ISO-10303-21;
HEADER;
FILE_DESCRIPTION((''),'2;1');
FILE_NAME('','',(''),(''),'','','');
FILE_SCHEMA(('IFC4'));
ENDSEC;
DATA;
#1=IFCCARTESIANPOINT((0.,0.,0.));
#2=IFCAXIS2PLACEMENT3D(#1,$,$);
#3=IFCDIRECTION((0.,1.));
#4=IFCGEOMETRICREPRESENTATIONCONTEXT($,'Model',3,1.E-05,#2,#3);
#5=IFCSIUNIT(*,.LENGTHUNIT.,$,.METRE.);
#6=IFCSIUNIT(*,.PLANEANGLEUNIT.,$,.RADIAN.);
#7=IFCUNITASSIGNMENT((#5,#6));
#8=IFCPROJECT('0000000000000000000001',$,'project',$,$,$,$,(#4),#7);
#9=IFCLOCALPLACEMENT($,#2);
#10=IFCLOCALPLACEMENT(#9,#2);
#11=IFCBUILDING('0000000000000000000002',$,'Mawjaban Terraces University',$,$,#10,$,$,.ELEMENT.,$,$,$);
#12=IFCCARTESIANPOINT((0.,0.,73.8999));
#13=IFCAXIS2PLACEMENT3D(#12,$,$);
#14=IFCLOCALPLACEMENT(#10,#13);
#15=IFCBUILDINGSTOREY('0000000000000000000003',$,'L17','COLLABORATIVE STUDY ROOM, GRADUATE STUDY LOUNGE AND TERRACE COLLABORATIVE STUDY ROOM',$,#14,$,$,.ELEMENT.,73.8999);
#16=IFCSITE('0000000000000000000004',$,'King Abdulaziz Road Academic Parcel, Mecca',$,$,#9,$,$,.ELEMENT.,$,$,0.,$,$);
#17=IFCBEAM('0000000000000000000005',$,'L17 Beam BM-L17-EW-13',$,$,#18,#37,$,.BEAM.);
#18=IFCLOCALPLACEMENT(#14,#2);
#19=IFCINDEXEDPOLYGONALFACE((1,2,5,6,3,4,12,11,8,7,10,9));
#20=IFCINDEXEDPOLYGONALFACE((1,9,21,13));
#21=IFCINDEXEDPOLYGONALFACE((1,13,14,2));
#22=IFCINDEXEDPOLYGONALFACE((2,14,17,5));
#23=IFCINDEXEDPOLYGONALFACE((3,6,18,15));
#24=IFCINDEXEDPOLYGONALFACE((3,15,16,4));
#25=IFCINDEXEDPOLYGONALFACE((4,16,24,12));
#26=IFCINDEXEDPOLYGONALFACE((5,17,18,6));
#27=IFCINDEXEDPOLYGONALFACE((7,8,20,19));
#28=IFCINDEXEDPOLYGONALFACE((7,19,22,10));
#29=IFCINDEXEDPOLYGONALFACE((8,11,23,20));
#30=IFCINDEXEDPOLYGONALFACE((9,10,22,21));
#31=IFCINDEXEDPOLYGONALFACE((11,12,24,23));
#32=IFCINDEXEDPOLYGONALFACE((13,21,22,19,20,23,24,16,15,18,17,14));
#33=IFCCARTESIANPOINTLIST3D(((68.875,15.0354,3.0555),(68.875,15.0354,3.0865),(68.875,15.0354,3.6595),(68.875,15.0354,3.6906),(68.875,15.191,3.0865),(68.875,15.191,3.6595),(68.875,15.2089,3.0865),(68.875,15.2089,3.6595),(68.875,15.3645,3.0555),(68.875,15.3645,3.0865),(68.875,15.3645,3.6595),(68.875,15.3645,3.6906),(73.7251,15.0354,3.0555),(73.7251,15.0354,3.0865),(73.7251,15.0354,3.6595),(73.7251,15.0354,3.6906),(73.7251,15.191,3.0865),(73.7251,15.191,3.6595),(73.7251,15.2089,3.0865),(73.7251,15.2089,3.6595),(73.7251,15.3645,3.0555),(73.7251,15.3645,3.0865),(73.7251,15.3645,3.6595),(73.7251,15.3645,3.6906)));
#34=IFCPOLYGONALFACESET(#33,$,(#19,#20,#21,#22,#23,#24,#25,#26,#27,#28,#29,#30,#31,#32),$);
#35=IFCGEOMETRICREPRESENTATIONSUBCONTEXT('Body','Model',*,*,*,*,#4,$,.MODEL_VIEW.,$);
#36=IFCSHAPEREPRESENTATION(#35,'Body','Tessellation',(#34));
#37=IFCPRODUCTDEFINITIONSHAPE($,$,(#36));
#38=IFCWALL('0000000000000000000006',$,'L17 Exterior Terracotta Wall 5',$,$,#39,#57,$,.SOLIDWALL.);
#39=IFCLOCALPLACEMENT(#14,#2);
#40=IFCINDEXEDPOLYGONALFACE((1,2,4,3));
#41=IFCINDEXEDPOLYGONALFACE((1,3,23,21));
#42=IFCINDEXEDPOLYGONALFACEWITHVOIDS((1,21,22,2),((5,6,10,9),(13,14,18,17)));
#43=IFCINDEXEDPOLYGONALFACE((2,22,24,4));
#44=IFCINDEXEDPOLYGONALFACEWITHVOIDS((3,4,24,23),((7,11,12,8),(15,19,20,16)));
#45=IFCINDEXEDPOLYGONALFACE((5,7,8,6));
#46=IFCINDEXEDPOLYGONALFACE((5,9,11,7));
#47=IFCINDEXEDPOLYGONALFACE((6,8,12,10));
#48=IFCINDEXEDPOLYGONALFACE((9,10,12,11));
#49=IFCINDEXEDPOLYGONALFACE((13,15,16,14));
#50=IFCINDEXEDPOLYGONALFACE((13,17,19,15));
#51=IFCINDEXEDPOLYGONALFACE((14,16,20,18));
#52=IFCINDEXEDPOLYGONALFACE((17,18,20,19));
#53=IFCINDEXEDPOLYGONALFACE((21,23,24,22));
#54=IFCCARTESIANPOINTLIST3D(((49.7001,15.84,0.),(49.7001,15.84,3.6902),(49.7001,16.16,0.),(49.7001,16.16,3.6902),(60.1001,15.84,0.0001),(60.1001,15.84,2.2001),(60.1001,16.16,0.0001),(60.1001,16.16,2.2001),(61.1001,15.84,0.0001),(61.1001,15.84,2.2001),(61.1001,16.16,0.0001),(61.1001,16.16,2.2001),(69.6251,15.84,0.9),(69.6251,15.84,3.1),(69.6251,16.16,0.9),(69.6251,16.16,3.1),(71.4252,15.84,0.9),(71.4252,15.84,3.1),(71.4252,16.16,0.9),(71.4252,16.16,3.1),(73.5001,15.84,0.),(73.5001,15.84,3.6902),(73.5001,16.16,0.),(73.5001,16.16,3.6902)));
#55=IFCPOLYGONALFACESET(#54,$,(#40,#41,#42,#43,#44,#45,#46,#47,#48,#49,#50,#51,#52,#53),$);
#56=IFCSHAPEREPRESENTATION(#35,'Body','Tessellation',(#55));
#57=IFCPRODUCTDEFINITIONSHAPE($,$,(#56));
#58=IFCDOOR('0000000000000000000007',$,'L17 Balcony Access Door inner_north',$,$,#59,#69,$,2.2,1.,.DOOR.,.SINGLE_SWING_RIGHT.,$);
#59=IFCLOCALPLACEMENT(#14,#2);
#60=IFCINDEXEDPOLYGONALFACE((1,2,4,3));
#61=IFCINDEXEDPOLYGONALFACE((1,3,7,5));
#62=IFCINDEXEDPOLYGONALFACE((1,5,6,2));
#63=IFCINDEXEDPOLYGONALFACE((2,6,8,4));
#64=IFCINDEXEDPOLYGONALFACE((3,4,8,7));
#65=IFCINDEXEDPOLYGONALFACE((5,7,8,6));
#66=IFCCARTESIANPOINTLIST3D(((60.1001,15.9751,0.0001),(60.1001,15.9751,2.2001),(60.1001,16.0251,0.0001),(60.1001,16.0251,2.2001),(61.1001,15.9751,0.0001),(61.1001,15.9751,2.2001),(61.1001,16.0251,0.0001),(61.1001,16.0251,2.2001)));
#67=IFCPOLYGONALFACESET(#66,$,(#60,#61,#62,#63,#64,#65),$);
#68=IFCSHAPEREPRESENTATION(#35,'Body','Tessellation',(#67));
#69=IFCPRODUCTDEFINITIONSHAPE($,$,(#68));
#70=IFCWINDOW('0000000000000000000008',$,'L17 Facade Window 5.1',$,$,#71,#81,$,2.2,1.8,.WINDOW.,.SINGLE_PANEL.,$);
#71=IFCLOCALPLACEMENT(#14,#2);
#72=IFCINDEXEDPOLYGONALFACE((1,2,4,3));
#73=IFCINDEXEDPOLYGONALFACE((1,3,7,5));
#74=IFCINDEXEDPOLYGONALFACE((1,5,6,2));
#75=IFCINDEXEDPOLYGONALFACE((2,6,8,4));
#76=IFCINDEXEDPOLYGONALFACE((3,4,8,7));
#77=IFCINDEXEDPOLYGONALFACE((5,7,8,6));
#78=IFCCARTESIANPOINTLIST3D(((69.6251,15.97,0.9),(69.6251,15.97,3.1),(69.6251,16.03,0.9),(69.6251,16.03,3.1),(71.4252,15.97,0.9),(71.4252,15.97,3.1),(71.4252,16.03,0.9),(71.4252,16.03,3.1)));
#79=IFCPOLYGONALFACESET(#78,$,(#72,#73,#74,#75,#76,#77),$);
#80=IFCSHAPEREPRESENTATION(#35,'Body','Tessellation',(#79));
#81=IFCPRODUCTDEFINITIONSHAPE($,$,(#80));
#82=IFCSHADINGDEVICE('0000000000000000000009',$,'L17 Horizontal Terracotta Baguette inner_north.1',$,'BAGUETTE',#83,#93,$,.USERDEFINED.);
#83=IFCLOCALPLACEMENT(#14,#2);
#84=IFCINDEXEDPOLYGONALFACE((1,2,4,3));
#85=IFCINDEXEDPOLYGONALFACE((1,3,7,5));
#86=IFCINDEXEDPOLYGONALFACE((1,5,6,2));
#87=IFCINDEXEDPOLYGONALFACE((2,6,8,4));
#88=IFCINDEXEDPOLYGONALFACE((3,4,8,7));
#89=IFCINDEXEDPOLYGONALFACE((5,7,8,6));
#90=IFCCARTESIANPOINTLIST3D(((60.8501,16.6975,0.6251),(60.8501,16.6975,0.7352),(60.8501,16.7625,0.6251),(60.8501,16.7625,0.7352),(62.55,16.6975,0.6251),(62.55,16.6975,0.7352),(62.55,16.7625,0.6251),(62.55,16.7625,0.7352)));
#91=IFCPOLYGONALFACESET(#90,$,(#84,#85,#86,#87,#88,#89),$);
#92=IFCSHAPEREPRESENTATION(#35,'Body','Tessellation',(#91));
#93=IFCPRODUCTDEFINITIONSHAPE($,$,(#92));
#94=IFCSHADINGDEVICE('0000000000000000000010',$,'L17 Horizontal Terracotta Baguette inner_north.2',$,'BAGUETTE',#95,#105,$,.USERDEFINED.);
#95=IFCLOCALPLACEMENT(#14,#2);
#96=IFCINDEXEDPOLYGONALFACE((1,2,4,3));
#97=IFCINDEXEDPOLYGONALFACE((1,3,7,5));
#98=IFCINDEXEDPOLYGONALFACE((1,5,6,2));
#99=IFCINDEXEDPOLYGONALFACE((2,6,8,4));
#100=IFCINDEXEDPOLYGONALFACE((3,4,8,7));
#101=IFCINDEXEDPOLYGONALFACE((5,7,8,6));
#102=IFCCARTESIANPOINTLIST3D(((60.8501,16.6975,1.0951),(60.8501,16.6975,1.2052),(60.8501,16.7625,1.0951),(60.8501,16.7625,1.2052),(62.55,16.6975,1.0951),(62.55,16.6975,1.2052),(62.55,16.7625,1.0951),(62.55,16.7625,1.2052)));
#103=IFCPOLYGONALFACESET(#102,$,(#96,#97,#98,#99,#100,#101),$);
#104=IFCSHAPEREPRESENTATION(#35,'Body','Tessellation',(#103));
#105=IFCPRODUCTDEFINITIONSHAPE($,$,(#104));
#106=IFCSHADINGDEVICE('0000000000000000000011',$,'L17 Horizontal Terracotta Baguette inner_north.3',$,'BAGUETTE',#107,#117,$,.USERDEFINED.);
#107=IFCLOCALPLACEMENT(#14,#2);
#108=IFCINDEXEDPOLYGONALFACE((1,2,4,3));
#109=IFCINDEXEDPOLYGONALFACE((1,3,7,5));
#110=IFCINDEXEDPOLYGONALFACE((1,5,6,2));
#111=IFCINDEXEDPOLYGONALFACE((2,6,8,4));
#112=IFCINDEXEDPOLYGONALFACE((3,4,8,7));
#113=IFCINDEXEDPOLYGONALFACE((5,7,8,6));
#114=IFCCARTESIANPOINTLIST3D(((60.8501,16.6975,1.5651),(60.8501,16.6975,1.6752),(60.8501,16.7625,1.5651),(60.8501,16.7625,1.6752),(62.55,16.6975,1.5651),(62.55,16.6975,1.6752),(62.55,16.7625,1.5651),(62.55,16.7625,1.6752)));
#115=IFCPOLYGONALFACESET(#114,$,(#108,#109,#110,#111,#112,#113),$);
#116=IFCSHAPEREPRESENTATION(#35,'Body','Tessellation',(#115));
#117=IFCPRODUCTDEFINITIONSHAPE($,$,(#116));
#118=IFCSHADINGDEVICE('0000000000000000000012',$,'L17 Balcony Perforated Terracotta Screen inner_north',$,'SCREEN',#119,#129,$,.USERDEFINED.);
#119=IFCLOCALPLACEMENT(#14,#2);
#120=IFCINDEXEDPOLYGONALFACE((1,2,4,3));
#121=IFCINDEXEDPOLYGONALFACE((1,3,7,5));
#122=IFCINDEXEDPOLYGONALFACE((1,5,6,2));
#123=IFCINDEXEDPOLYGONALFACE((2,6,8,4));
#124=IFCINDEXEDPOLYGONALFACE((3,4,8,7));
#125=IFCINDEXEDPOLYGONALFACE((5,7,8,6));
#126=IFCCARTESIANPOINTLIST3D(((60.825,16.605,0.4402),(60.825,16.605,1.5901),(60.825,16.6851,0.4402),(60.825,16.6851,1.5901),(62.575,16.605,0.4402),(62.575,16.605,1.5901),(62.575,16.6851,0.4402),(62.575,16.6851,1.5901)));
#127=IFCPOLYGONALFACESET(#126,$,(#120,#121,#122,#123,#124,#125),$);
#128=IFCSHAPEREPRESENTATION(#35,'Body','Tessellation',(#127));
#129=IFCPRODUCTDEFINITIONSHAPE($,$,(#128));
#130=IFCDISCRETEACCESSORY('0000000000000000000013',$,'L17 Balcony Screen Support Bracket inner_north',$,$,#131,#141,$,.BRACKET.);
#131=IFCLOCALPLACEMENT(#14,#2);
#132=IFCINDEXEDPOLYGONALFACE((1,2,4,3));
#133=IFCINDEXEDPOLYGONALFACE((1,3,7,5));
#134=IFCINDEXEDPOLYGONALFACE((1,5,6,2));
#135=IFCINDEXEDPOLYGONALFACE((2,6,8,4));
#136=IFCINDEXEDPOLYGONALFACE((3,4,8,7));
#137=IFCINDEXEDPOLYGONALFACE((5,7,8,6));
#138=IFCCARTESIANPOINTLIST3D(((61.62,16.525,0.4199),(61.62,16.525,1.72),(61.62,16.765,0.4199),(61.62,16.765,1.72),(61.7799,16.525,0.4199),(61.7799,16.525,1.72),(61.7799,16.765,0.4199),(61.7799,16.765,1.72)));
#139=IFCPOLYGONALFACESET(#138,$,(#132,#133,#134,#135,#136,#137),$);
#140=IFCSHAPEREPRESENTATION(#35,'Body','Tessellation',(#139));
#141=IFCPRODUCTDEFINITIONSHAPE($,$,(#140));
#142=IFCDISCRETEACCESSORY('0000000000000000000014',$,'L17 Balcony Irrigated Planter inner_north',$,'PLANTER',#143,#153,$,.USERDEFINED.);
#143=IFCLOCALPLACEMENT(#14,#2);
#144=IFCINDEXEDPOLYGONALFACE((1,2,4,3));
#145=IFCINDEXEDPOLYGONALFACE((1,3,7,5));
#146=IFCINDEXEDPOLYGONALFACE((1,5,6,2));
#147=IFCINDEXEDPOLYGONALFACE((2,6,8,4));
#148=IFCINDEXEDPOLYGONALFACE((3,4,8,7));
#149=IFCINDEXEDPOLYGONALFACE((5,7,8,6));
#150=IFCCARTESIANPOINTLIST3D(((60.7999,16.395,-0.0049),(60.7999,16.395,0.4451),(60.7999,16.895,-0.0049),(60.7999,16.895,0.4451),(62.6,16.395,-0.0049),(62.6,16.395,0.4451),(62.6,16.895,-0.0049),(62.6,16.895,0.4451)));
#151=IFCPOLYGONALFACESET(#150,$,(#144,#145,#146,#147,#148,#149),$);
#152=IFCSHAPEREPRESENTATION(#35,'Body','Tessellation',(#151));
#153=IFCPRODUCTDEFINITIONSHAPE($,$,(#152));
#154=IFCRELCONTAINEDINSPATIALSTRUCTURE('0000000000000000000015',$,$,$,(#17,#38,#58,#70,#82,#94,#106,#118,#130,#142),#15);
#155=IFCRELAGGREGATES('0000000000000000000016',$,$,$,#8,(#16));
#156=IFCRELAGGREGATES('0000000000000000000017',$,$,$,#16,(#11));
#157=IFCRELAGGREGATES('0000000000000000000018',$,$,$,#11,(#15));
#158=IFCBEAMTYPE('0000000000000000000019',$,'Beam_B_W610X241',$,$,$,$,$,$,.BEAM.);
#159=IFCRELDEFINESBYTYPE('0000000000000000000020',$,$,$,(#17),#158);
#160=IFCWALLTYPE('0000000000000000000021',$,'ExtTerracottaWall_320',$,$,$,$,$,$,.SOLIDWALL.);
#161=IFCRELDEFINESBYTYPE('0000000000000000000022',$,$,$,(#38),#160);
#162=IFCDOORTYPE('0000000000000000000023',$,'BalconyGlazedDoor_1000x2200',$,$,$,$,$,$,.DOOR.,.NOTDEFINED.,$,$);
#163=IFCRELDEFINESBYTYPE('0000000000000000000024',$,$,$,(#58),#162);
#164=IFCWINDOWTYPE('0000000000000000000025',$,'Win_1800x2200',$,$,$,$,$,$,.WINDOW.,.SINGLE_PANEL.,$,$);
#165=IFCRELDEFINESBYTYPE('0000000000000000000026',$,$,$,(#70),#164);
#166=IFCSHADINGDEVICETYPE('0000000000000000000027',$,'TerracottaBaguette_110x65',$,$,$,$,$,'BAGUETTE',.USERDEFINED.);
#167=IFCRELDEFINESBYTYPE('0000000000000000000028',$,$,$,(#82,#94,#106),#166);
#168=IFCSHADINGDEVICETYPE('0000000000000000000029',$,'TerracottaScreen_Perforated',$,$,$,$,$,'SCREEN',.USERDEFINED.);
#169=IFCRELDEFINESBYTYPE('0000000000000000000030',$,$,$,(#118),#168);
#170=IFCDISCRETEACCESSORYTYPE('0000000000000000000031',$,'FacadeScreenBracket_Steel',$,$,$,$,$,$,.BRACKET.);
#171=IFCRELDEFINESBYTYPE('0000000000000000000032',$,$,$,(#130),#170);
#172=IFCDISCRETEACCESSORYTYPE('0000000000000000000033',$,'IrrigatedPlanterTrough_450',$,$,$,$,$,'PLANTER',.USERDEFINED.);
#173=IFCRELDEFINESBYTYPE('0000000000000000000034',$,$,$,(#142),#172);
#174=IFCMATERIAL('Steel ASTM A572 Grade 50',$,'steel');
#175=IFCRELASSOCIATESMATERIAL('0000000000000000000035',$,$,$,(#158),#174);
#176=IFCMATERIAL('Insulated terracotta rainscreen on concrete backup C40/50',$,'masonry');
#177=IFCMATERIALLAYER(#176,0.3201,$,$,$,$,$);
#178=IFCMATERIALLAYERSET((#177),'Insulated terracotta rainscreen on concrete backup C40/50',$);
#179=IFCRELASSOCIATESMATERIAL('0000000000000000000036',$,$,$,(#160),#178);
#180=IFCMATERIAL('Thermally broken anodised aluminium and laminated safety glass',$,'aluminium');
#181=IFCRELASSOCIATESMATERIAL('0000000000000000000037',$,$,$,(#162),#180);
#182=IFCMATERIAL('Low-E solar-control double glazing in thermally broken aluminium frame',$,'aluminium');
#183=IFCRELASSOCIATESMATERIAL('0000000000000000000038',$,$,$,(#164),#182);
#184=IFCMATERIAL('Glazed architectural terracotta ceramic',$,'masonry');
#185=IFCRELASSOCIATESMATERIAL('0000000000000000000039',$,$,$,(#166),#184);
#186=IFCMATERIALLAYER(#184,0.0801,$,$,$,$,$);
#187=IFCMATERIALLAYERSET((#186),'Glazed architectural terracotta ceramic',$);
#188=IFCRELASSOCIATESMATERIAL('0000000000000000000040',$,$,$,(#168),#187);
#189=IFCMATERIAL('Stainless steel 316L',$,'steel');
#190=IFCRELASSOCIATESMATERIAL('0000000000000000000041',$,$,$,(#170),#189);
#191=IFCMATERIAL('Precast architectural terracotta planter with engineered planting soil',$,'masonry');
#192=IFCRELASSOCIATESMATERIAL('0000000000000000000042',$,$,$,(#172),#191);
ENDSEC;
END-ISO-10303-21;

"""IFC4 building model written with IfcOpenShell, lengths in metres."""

from ifc_helpers import new_model, si_unit, direction, frame, frame_2d, origin, origin_2d, place, context, subcontext, project, spatial, rectangle, i_section, extrude, material, layer, layer_set, material_profile, profile_set, type_object, element, fill, save


model = new_model("IFC4")

# Units and contexts
model_context = context("Model", 3, precision=1e-05, world=origin(), true_north=direction((0.0, 1.0)))
body_context = subcontext(model_context, "Body", "Model", "MODEL_VIEW")
ifc_project = project(units=[si_unit("LENGTHUNIT", "METRE"), si_unit("PLANEANGLEUNIT", "RADIAN")], contexts=[model_context])

# Site, building, storey
site_placement = place(None, origin())
site = spatial("IfcSite", under=ifc_project, at=site_placement, Name="King Abdulaziz Road Academic Parcel, Mecca", CompositionType="ELEMENT", RefElevation=0.0)
building_placement = place(site_placement, origin())
building = spatial("IfcBuilding", under=site, at=building_placement, Name="Mawjaban Terraces University", CompositionType="ELEMENT")
storey_placement = place(building_placement, frame((0.0, 0.0, 73.8999)))
storey = spatial("IfcBuildingStorey", under=building, at=storey_placement, Name="L17", Description="COLLABORATIVE STUDY ROOM, GRADUATE STUDY LOUNGE AND TERRACE COLLABORATIVE STUDY ROOM", CompositionType="ELEMENT", Elevation=73.8999)

# Beam
ifc_material_1 = material(Name="Steel ASTM A572 Grade 50", Category="steel")
ifc_material_profile_1 = material_profile(ifc_material_1, i_section(OverallWidth=0.3291, OverallDepth=0.635, WebThickness=0.0178, FlangeThickness=0.031, at=origin_2d()), Name="W610X241")
ifc_profile_set_1 = profile_set([ifc_material_profile_1], Name="Steel ASTM A572 Grade 50")
beam_type_1 = type_object("IfcBeamType", Name="Beam_B_W610X241", PredefinedType="BEAM", material=ifc_profile_set_1)
beam_1_placement = place(storey_placement, frame((68.875, 15.2, 3.373), z_axis=(1.0, 0.0, 0.0), x_axis=(0.0, 1.0, 0.0)))
element("IfcBeam", 1, at=beam_1_placement, inside=storey, type_object=beam_type_1, Name="L17 Beam BM-L17-EW-13", PredefinedType="BEAM", context=body_context, shape_type="SweptSolid", body=[
    extrude(i_section(OverallWidth=0.3291, OverallDepth=0.635, WebThickness=0.0178, FlangeThickness=0.031, at=origin_2d()), origin(), (0.0, 0.0, 1.0), 4.8501),
])

# Wall, openings, door, window
ifc_material_2 = material(Name="Insulated terracotta rainscreen on concrete backup C40/50", Category="masonry")
ifc_layer_1 = layer(ifc_material_2, 0.3201)
ifc_layer_set_1 = layer_set([ifc_layer_1], Name="Insulated terracotta rainscreen on concrete backup C40/50")
wall_type = type_object("IfcWallType", Name="ExtTerracottaWall_320", PredefinedType="SOLIDWALL", material=ifc_layer_set_1)
wall_placement = place(storey_placement, frame((73.5, 16.0, 0.0), z_axis=(0.0, 0.0, 1.0), x_axis=(-1.0, 0.0, 0.0)))
wall = element("IfcWall", 2, at=wall_placement, inside=storey, type_object=wall_type, Name="L17 Exterior Terracotta Wall 5", PredefinedType="SOLIDWALL", context=body_context, shape_type="SweptSolid", body=[
    extrude(rectangle(XDim=23.8, YDim=0.3201, at=frame_2d((11.8999, 0.0))), origin(), (0.0, 0.0, 1.0), 3.6902),
])
opening_1_placement = place(wall_placement, frame((12.3999, 0.0, 0.0)))
opening_1 = element("IfcOpeningElement", 3, at=opening_1_placement, cuts=wall, PredefinedType="OPENING", context=body_context, shape_type="SweptSolid", body=[
    extrude(rectangle(XDim=1.0, YDim=2.2, at=frame_2d((0.5, 1.1001))), frame((0.0, 0.1699, 0.0), z_axis=(0.0, -1.0, 0.0), x_axis=(1.0, 0.0, 0.0)), (0.0, 0.0, 1.0), 0.3401),
])
opening_2_placement = place(wall_placement, frame((2.075, 0.0, 0.8999)))
opening_2 = element("IfcOpeningElement", 4, at=opening_2_placement, cuts=wall, PredefinedType="OPENING", context=body_context, shape_type="SweptSolid", body=[
    extrude(rectangle(XDim=1.8, YDim=2.2, at=frame_2d((0.8999, 1.1001))), frame((0.0, 0.1699, 0.0), z_axis=(0.0, -1.0, 0.0), x_axis=(1.0, 0.0, 0.0)), (0.0, 0.0, 1.0), 0.3401),
])
ifc_material_3 = material(Name="Thermally broken anodised aluminium and laminated safety glass", Category="aluminium")
door_type = type_object("IfcDoorType", Name="BalconyGlazedDoor_1000x2200", OperationType="NOTDEFINED", PredefinedType="DOOR", material=ifc_material_3)
door_placement = place(opening_1_placement, origin())
door = element("IfcDoor", 5, at=door_placement, inside=storey, type_object=door_type, Name="L17 Balcony Access Door inner_north", OperationType="SINGLE_SWING_RIGHT", OverallHeight=2.2, OverallWidth=1.0, PredefinedType="DOOR", context=body_context, shape_type="SweptSolid", body=[
    extrude(rectangle(XDim=1.0, YDim=2.2, at=frame_2d((0.5, 1.1001))), frame((0.0, 0.0249, 0.0), z_axis=(0.0, -1.0, 0.0), x_axis=(1.0, 0.0, 0.0)), (0.0, 0.0, 1.0), 0.05),
])
fill(opening_1, door)
ifc_material_4 = material(Name="Low-E solar-control double glazing in thermally broken aluminium frame", Category="aluminium")
window_type = type_object("IfcWindowType", Name="Win_1800x2200", PartitioningType="SINGLE_PANEL", PredefinedType="WINDOW", material=ifc_material_4)
window_placement = place(opening_2_placement, origin())
window = element("IfcWindow", 6, at=window_placement, inside=storey, type_object=window_type, Name="L17 Facade Window 5.1", OverallHeight=2.2, OverallWidth=1.8, PartitioningType="SINGLE_PANEL", PredefinedType="WINDOW", context=body_context, shape_type="SweptSolid", body=[
    extrude(rectangle(XDim=1.8, YDim=2.2, at=frame_2d((0.8999, 1.1001))), frame((0.0, 0.03, 0.0), z_axis=(0.0, -1.0, 0.0), x_axis=(1.0, 0.0, 0.0)), (0.0, 0.0, 1.0), 0.0601),
])
fill(opening_2, window)

# Shading devices
ifc_material_5 = material(Name="Glazed architectural terracotta ceramic", Category="masonry")
ifc_material_profile_2 = material_profile(ifc_material_5, rectangle(XDim=0.0649, YDim=0.1101, at=origin_2d()), Name="TBAG110X65")
ifc_profile_set_2 = profile_set([ifc_material_profile_2], Name="Glazed architectural terracotta ceramic")
shading_device_type_1 = type_object("IfcShadingDeviceType", Name="TerracottaBaguette_110x65", ElementType="BAGUETTE", PredefinedType="USERDEFINED", material=ifc_profile_set_2)
for number, where, z_axis, x_axis, name in (
    (7, (60.8501, 16.73, 0.6802), (1.0, 0.0, 0.0), (0.0, 1.0, 0.0), "L17 Horizontal Terracotta Baguette inner_north.1"),
    (8, (60.8501, 16.73, 1.1501), (1.0, 0.0, 0.0), (0.0, 1.0, 0.0), "L17 Horizontal Terracotta Baguette inner_north.2"),
    (9, (60.8501, 16.73, 1.6201), (1.0, 0.0, 0.0), (0.0, 1.0, 0.0), "L17 Horizontal Terracotta Baguette inner_north.3"),
):
    element("IfcShadingDevice", number, at=place(storey_placement, frame(where, z_axis=z_axis, x_axis=x_axis)), inside=storey, type_object=shading_device_type_1, Name=name, ObjectType="BAGUETTE", PredefinedType="USERDEFINED", context=body_context, shape_type="SweptSolid", body=[
        extrude(rectangle(XDim=0.0649, YDim=0.1101, at=origin_2d()), origin(), (0.0, 0.0, 1.0), 1.7),
    ])
ifc_layer_2 = layer(ifc_material_5, 0.0801)
ifc_layer_set_2 = layer_set([ifc_layer_2], Name="Glazed architectural terracotta ceramic")
shading_device_type_2 = type_object("IfcShadingDeviceType", Name="TerracottaScreen_Perforated", ElementType="SCREEN", PredefinedType="USERDEFINED", material=ifc_layer_set_2)
shading_device_placement = place(storey_placement, frame((61.7, 16.645, 0.4402), z_axis=(0.0, 0.0, 1.0), x_axis=(1.0, 0.0, 0.0)))
element("IfcShadingDevice", 10, at=shading_device_placement, inside=storey, type_object=shading_device_type_2, Name="L17 Balcony Perforated Terracotta Screen inner_north", ObjectType="SCREEN", PredefinedType="USERDEFINED", context=body_context, shape_type="SweptSolid", body=[
    extrude(rectangle(XDim=1.75, YDim=0.0801, at=origin_2d()), origin(), (0.0, 0.0, 1.0), 1.1499),
])

# Discrete accessories
ifc_material_6 = material(Name="Stainless steel 316L", Category="steel")
discrete_accessory_type_1 = type_object("IfcDiscreteAccessoryType", Name="FacadeScreenBracket_Steel", PredefinedType="BRACKET", material=ifc_material_6)
discrete_accessory_1_placement = place(storey_placement, frame((61.7, 16.645, 0.4199), z_axis=(0.0, 0.0, 1.0), x_axis=(1.0, 0.0, 0.0)))
element("IfcDiscreteAccessory", 11, at=discrete_accessory_1_placement, inside=storey, type_object=discrete_accessory_type_1, Name="L17 Balcony Screen Support Bracket inner_north", PredefinedType="BRACKET", context=body_context, shape_type="SweptSolid", body=[
    extrude(rectangle(XDim=0.1599, YDim=0.24, at=origin_2d()), origin(), (0.0, 0.0, 1.0), 1.3),
])
ifc_material_7 = material(Name="Precast architectural terracotta planter with engineered planting soil", Category="masonry")
discrete_accessory_type_2 = type_object("IfcDiscreteAccessoryType", Name="IrrigatedPlanterTrough_450", ElementType="PLANTER", PredefinedType="USERDEFINED", material=ifc_material_7)
discrete_accessory_2_placement = place(storey_placement, frame((61.7, 16.645, -0.0049), z_axis=(0.0, 0.0, 1.0), x_axis=(1.0, 0.0, 0.0)))
element("IfcDiscreteAccessory", 12, at=discrete_accessory_2_placement, inside=storey, type_object=discrete_accessory_type_2, Name="L17 Balcony Irrigated Planter inner_north", ObjectType="PLANTER", PredefinedType="USERDEFINED", context=body_context, shape_type="SweptSolid", body=[
    extrude(rectangle(XDim=1.8, YDim=0.5, at=origin_2d()), origin(), (0.0, 0.0, 1.0), 0.45),
])

save(model, "model.ifc")
